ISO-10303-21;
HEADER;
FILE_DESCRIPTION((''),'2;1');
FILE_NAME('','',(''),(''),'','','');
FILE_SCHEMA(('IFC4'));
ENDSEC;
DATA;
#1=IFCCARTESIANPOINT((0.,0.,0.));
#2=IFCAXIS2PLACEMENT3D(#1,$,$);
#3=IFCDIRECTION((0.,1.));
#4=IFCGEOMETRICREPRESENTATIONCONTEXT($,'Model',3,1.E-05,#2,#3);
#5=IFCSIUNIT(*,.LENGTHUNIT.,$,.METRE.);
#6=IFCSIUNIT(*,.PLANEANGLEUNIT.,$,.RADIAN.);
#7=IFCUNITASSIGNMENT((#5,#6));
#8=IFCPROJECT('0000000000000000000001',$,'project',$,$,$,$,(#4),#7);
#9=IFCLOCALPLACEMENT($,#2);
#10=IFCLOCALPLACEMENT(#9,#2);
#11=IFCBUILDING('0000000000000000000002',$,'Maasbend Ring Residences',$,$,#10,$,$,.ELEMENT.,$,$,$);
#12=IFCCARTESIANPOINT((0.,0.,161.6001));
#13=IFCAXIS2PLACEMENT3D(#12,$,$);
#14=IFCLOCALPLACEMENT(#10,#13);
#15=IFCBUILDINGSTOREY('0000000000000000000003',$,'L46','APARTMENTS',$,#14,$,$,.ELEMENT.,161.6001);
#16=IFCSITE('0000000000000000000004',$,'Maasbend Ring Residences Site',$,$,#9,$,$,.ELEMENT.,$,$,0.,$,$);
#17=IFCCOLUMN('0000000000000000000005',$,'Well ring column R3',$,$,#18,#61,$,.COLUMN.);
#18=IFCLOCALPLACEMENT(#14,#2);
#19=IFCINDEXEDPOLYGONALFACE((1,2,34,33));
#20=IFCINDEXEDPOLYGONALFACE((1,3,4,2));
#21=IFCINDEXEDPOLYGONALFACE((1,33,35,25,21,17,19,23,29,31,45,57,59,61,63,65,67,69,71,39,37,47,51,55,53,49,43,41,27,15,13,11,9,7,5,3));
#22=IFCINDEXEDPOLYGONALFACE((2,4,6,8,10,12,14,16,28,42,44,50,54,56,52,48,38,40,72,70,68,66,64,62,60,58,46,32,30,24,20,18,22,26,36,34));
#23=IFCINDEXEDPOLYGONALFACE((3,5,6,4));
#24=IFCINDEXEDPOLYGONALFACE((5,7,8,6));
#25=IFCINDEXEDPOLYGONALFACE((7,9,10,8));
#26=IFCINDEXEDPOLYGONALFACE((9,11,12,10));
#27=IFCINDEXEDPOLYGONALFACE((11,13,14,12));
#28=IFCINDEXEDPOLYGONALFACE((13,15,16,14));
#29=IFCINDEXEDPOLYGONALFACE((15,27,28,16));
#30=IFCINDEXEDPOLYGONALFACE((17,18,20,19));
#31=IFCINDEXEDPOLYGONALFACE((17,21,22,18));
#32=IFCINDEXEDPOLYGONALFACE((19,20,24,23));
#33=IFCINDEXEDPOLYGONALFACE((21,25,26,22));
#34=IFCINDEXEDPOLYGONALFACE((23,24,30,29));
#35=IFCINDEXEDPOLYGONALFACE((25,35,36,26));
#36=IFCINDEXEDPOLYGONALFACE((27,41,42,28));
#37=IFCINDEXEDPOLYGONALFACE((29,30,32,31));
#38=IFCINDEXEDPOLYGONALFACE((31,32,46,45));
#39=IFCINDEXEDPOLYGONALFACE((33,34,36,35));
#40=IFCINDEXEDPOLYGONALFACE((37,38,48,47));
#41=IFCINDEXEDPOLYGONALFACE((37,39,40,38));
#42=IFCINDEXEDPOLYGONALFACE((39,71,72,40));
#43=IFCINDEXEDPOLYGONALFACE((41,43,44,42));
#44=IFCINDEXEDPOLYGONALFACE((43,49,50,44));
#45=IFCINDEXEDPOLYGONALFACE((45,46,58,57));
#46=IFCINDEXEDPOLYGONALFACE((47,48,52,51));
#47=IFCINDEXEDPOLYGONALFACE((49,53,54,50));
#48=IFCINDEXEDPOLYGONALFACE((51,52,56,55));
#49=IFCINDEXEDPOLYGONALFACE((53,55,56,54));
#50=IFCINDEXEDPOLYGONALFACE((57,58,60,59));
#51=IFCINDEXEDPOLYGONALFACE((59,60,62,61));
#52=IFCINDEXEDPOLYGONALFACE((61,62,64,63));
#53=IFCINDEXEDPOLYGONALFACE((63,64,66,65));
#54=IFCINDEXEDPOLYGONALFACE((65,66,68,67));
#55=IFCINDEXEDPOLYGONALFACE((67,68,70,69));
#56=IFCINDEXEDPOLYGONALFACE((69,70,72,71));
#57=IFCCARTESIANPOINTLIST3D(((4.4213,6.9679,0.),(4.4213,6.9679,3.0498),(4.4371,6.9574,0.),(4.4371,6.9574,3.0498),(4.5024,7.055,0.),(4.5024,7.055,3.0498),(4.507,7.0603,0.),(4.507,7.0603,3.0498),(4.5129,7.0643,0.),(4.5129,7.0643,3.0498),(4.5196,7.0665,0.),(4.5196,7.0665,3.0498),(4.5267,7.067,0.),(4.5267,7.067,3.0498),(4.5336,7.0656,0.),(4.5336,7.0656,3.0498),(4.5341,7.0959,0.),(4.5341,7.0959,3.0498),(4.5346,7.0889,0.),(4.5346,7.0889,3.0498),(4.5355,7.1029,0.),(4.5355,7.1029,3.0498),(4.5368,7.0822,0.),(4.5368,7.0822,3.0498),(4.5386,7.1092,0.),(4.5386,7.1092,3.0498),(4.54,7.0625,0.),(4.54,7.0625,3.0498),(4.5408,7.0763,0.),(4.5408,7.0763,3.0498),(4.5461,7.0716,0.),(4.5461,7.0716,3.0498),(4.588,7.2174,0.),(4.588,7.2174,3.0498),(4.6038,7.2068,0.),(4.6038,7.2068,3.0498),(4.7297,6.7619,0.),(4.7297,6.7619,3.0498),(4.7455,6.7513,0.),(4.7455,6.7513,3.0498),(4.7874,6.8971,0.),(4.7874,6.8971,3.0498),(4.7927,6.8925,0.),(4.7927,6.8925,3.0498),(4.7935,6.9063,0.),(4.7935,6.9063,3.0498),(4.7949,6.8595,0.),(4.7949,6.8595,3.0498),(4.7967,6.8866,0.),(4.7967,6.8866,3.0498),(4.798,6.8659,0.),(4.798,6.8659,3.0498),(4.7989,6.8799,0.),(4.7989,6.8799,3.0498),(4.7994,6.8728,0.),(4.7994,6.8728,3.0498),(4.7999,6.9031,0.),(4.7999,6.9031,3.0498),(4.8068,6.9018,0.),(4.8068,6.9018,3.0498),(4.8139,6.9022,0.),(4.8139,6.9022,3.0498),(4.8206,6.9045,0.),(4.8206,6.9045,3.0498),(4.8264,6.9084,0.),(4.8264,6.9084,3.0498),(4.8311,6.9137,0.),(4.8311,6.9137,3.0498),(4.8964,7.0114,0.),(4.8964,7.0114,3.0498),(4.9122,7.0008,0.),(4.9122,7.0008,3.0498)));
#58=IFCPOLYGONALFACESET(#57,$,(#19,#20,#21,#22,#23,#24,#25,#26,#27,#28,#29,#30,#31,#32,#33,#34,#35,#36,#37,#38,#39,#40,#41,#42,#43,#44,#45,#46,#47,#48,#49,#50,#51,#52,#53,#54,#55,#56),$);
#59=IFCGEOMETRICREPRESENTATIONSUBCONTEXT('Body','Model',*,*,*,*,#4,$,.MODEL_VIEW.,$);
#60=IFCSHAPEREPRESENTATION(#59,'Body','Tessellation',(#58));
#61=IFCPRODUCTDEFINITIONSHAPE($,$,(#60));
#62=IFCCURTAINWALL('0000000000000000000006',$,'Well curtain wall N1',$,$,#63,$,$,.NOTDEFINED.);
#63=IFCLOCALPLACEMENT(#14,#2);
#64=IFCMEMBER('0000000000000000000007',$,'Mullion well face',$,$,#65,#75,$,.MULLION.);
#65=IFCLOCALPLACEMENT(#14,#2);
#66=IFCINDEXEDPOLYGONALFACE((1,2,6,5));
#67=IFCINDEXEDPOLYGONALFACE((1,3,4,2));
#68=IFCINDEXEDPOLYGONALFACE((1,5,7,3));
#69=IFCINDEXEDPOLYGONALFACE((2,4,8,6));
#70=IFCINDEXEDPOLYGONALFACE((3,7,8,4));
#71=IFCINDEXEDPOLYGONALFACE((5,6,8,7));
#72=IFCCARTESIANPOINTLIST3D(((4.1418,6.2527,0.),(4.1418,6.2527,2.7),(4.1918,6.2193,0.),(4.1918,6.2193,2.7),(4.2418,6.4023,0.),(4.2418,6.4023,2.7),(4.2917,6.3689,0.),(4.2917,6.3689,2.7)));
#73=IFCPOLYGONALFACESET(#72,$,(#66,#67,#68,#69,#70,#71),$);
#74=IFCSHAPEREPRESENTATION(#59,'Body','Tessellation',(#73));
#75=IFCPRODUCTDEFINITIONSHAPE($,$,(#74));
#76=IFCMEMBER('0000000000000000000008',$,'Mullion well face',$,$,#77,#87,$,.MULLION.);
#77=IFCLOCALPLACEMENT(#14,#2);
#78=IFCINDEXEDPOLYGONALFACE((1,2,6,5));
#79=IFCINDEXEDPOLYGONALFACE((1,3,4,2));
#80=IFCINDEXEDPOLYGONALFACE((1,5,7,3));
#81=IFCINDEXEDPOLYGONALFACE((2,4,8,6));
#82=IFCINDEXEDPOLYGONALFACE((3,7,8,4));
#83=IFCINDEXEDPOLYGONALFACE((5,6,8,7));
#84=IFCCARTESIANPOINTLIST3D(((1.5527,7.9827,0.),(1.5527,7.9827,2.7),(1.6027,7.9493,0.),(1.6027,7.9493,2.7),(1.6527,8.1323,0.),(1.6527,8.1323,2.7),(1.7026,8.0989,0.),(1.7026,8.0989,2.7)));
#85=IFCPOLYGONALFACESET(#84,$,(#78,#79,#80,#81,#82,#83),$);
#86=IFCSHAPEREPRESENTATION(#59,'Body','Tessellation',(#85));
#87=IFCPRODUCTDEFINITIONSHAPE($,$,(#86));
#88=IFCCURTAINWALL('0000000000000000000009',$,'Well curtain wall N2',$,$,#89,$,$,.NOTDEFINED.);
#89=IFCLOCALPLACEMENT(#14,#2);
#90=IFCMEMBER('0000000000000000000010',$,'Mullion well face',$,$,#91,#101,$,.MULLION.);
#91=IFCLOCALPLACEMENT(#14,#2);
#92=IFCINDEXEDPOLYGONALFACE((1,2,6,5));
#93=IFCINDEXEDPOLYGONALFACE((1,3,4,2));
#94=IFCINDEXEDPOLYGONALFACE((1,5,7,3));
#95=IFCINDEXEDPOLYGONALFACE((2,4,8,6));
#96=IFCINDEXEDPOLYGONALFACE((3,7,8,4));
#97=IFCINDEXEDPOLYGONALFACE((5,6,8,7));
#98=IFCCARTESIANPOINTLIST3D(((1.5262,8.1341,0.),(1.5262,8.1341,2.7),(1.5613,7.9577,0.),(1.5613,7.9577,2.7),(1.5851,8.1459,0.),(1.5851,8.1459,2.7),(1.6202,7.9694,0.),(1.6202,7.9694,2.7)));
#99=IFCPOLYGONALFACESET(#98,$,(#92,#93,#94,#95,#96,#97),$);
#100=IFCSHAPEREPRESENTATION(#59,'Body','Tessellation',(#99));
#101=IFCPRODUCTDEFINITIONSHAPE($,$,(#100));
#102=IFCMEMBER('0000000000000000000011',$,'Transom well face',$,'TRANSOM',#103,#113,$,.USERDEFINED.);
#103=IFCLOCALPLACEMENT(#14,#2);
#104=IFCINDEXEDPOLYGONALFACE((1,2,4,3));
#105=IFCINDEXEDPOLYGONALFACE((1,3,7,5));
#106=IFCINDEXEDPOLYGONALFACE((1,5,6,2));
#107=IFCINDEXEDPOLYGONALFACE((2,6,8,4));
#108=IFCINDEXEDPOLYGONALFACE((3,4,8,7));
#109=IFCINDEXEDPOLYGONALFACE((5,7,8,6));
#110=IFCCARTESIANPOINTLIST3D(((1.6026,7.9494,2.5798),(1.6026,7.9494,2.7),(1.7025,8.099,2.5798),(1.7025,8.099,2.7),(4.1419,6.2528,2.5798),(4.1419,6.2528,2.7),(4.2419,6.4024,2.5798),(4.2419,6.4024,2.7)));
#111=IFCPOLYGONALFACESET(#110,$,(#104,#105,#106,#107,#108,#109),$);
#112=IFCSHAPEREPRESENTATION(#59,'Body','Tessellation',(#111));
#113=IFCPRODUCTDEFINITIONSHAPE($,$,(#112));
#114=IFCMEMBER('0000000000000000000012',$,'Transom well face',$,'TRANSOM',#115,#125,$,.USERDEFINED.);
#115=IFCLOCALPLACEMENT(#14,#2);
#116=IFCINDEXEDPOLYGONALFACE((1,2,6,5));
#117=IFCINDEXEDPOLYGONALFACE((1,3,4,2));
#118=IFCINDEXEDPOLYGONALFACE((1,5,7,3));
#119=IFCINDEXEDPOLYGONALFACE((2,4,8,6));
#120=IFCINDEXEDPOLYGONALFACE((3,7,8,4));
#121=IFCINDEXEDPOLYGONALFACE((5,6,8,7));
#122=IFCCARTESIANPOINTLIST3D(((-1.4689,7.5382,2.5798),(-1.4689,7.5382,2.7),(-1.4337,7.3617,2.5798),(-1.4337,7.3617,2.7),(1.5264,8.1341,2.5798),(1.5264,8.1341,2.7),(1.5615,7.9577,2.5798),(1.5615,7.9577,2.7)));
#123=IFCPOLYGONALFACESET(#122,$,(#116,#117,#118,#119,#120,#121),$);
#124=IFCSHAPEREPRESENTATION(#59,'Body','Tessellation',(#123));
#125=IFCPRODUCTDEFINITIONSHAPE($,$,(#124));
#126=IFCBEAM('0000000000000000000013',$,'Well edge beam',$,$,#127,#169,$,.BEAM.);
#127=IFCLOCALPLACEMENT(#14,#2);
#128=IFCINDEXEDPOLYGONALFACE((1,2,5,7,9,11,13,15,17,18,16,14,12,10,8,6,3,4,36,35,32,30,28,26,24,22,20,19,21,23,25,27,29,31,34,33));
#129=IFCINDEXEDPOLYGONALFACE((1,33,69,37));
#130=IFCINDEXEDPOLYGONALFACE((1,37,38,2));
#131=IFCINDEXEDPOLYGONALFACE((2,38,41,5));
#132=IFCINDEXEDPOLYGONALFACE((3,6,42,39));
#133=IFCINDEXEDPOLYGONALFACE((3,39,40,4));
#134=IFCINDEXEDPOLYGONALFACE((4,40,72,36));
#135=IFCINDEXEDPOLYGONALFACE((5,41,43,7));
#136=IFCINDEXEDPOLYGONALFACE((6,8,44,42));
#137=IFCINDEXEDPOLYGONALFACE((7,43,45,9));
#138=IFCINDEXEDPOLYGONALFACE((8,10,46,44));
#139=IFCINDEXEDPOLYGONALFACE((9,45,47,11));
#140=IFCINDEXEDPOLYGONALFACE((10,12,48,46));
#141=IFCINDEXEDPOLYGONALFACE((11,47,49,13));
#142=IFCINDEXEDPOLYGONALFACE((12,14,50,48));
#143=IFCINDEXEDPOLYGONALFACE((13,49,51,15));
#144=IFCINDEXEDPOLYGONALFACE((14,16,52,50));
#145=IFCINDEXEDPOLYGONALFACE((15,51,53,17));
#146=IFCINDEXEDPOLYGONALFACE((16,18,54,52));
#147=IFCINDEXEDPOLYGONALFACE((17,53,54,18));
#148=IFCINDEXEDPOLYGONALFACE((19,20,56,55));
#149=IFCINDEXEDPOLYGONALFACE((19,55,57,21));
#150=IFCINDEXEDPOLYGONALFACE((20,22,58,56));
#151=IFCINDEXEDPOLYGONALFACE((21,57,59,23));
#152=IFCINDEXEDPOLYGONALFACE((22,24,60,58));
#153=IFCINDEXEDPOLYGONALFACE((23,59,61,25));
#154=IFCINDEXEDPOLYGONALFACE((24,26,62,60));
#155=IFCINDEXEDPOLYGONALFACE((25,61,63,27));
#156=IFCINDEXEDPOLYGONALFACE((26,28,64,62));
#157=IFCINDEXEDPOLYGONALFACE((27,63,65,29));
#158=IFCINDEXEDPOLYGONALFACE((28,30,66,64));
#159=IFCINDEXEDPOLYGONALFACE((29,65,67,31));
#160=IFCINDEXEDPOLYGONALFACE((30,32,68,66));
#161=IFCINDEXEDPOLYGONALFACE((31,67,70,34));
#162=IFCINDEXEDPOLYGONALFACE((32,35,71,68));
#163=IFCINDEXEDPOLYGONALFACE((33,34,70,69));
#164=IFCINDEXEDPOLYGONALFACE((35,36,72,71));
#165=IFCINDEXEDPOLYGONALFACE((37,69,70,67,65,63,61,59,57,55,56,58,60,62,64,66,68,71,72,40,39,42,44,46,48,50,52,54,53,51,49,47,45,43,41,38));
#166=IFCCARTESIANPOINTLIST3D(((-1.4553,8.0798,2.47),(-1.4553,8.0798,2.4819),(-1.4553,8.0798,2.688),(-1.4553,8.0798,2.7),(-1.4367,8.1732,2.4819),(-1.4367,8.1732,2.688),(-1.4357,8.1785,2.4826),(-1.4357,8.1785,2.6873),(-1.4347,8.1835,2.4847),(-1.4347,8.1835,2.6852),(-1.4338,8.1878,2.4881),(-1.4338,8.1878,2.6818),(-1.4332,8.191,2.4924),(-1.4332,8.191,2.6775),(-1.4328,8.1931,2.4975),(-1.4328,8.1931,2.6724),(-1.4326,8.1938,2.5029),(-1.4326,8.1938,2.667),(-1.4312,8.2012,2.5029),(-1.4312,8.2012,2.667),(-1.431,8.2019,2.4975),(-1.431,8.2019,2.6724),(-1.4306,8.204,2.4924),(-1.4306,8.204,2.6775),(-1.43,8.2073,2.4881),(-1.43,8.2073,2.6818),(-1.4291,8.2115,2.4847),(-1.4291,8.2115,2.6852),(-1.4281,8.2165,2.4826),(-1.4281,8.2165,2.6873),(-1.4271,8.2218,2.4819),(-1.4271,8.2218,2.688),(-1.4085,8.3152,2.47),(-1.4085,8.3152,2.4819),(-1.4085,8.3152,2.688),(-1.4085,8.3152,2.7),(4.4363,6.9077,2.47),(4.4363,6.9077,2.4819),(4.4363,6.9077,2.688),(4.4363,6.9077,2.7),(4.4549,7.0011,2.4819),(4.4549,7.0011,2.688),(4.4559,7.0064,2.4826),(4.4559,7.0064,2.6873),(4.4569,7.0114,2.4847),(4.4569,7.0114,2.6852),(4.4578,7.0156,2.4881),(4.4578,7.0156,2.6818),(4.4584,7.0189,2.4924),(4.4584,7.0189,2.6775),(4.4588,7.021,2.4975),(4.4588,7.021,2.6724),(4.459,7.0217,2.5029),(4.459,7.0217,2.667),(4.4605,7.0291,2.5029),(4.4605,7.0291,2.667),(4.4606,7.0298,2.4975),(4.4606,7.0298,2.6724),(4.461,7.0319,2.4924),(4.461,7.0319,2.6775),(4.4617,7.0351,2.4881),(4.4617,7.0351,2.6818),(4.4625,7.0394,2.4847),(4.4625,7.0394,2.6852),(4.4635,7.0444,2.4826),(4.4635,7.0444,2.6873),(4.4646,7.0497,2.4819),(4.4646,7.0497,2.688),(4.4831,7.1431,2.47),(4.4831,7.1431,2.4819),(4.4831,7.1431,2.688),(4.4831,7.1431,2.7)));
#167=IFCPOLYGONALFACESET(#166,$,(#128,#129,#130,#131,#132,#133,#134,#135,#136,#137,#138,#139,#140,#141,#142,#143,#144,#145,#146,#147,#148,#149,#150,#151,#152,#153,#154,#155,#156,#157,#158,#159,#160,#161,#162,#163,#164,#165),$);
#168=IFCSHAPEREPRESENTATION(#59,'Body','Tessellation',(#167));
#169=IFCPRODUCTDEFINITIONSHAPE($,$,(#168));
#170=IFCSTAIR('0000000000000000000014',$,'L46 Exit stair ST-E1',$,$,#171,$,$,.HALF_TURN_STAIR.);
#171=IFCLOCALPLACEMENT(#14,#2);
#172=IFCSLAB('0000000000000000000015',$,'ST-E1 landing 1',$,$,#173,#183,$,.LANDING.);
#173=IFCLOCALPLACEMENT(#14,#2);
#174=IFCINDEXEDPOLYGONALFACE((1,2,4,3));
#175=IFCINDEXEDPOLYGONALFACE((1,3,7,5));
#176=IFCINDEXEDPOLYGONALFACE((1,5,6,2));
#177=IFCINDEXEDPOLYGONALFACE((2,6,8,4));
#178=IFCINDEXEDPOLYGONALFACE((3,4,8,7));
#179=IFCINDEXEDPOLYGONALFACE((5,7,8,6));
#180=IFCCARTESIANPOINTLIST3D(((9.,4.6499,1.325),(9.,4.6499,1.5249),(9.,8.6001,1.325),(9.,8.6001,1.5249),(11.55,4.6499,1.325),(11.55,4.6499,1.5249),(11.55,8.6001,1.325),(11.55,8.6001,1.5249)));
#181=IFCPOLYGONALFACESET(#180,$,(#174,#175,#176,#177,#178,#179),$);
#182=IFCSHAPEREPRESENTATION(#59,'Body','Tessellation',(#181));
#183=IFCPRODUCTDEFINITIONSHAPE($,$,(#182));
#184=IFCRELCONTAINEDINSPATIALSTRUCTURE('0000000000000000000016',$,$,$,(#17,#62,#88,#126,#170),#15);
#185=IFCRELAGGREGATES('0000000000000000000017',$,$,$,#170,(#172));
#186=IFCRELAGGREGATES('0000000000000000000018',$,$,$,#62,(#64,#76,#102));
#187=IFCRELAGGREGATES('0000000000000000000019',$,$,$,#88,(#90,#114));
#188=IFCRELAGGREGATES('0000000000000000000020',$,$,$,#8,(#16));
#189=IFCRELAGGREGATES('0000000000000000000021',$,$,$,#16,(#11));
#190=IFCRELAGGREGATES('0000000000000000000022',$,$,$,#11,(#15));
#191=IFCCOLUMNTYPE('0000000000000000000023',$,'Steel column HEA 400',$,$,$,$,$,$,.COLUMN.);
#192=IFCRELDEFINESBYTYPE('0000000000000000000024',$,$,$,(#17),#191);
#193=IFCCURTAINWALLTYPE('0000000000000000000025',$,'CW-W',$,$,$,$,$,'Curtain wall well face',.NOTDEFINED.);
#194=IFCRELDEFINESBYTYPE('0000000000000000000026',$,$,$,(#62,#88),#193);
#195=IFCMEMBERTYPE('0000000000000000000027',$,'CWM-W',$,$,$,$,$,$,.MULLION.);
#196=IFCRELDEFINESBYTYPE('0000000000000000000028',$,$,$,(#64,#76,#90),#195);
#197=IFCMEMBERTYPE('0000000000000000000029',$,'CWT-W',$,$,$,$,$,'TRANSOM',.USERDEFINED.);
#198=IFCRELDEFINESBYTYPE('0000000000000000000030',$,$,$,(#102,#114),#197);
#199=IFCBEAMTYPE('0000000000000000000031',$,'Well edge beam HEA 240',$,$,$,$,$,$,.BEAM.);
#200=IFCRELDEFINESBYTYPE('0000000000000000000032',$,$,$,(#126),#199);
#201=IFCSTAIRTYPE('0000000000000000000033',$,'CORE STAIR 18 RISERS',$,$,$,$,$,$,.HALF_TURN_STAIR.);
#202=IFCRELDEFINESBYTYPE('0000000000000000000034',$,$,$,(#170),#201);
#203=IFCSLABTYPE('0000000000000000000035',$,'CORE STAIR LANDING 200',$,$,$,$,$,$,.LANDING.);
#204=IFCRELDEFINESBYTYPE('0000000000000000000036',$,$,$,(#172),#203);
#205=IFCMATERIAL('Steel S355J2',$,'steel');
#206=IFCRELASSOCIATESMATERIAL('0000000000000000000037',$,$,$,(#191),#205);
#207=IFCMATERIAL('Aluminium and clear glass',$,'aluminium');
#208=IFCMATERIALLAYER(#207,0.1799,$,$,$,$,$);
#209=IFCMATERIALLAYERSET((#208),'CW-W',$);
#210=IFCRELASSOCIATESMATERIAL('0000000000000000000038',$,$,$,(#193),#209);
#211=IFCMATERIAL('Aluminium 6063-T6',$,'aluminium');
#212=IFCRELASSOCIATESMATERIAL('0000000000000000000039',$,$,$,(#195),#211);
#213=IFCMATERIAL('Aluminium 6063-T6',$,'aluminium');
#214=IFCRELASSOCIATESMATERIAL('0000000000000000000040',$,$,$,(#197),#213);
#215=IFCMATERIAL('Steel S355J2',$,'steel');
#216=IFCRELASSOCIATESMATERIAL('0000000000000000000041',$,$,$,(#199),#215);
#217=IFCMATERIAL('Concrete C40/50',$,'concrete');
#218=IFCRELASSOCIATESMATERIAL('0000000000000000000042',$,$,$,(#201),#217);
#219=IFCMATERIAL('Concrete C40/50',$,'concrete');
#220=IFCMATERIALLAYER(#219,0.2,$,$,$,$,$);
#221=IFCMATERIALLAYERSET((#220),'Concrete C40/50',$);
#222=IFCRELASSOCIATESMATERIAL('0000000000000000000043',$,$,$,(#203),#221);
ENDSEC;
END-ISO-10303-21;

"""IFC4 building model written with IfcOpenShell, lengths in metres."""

from ifc_helpers import new_model, si_unit, direction, frame, origin, origin_2d, place, context, subcontext, project, spatial, polyline, rectangle, i_section, outline, extrude, material, layer, layer_set, material_profile, profile_set, type_object, element, aggregate, save


model = new_model("IFC4")

# Units and contexts
model_context = context("Model", 3, precision=1e-05, world=origin(), true_north=direction((0.0, 1.0)))
body_context = subcontext(model_context, "Body", "Model", "MODEL_VIEW")
ifc_project = project(units=[si_unit("LENGTHUNIT", "METRE"), si_unit("PLANEANGLEUNIT", "RADIAN")], contexts=[model_context])

# Site, building, storey
site_placement = place(None, origin())
site = spatial("IfcSite", under=ifc_project, at=site_placement, Name="Maasbend Ring Residences Site", CompositionType="ELEMENT", RefElevation=0.0)
building_placement = place(site_placement, origin())
building = spatial("IfcBuilding", under=site, at=building_placement, Name="Maasbend Ring Residences", CompositionType="ELEMENT")
storey_placement = place(building_placement, frame((0.0, 0.0, 161.6001)))
storey = spatial("IfcBuildingStorey", under=building, at=storey_placement, Name="L46", Description="APARTMENTS", CompositionType="ELEMENT", Elevation=161.6001)

# Column
ifc_material_1 = material(Name="Steel S355J2", Category="steel")
ifc_material_profile_1 = material_profile(ifc_material_1, i_section(OverallWidth=0.3, OverallDepth=0.3899, WebThickness=0.011, FlangeThickness=0.019, FilletRadius=0.0271, at=origin_2d()), Name="HEA 400")
ifc_profile_set_1 = profile_set([ifc_material_profile_1], Name="Steel S355J2")
column_type = type_object("IfcColumnType", Name="Steel column HEA 400", PredefinedType="COLUMN", material=ifc_profile_set_1)
column_placement = place(storey_placement, frame((4.6667, 6.9844, 0.0), z_axis=(0.0, 0.0, 1.0), x_axis=(0.55557, 0.83147, 0.0)))
element("IfcColumn", 1, at=column_placement, inside=storey, type_object=column_type, Name="Well ring column R3", PredefinedType="COLUMN", context=body_context, shape_type="SweptSolid", body=[
    extrude(i_section(OverallWidth=0.3, OverallDepth=0.3899, WebThickness=0.011, FlangeThickness=0.019, FilletRadius=0.0271, at=origin_2d()), origin(), (0.0, 0.0, 1.0), 3.0498),
])

# Curtain wall, members
ifc_material_2 = material(Name="Aluminium and clear glass", Category="aluminium")
ifc_layer_1 = layer(ifc_material_2, 0.1799)
ifc_layer_set_1 = layer_set([ifc_layer_1], Name="CW-W")
curtain_wall_type = type_object("IfcCurtainWallType", Name="CW-W", ElementType="Curtain wall well face", PredefinedType="NOTDEFINED", material=ifc_layer_set_1)
curtain_wall_1_placement = place(storey_placement, origin())
curtain_wall_1 = element("IfcCurtainWall", 2, at=curtain_wall_1_placement, inside=storey, type_object=curtain_wall_type, Name="Well curtain wall N1", PredefinedType="NOTDEFINED")
ifc_material_3 = material(Name="Aluminium 6063-T6", Category="aluminium")
ifc_material_profile_2 = material_profile(ifc_material_3, rectangle(XDim=0.1799, YDim=0.0601, at=origin_2d()), Name="AL 180x60")
ifc_profile_set_2 = profile_set([ifc_material_profile_2], Name="Aluminium 6063-T6")
member_type_1 = type_object("IfcMemberType", Name="CWM-W", PredefinedType="MULLION", material=ifc_profile_set_2)
member_1_placement = place(storey_placement, frame((4.2168, 6.3108, 0.0), z_axis=(0.0, 0.0, 1.0), x_axis=(-0.55557, -0.83147, 0.0)))
member_1 = element("IfcMember", 3, at=member_1_placement, type_object=member_type_1, Name="Mullion well face", PredefinedType="MULLION", context=body_context, shape_type="SweptSolid", body=[
    extrude(rectangle(XDim=0.1799, YDim=0.0601, at=origin_2d()), origin(), (0.0, 0.0, 1.0), 2.7),
])
member_2_placement = place(storey_placement, frame((1.6277, 8.0408, 0.0), z_axis=(0.0, 0.0, 1.0), x_axis=(-0.55557, -0.83147, 0.0)))
member_2 = element("IfcMember", 4, at=member_2_placement, type_object=member_type_1, Name="Mullion well face", PredefinedType="MULLION", context=body_context, shape_type="SweptSolid", body=[
    extrude(rectangle(XDim=0.1799, YDim=0.0601, at=origin_2d()), origin(), (0.0, 0.0, 1.0), 2.7),
])

# Curtain wall, member
curtain_wall_2_placement = place(storey_placement, origin())
curtain_wall_2 = element("IfcCurtainWall", 5, at=curtain_wall_2_placement, inside=storey, type_object=curtain_wall_type, Name="Well curtain wall N2", PredefinedType="NOTDEFINED")
member_3_placement = place(storey_placement, frame((1.5732, 8.0518, 0.0), z_axis=(0.0, 0.0, 1.0), x_axis=(0.19509, -0.980785, 0.0)))
member_3 = element("IfcMember", 6, at=member_3_placement, type_object=member_type_1, Name="Mullion well face", PredefinedType="MULLION", context=body_context, shape_type="SweptSolid", body=[
    extrude(rectangle(XDim=0.1799, YDim=0.0601, at=origin_2d()), origin(), (0.0, 0.0, 1.0), 2.7),
])

# Members
ifc_material_4 = material(Name="Aluminium 6063-T6", Category="aluminium")
ifc_material_profile_3 = material_profile(ifc_material_4, rectangle(XDim=0.1799, YDim=0.1201, at=origin_2d()), Name="AL 180x120")
ifc_profile_set_3 = profile_set([ifc_material_profile_3], Name="Aluminium 6063-T6")
member_type_2 = type_object("IfcMemberType", Name="CWT-W", ElementType="TRANSOM", PredefinedType="USERDEFINED", material=ifc_profile_set_3)
member_4_placement = place(storey_placement, frame((4.1919, 6.3276, 2.6399), z_axis=(-0.831496, 0.55553, 0.0), x_axis=(-0.55553, -0.831496, 0.0)))
member_4 = element("IfcMember", 7, at=member_4_placement, type_object=member_type_2, Name="Transom well face", ObjectType="TRANSOM", PredefinedType="USERDEFINED", context=body_context, shape_type="SweptSolid", body=[
    extrude(rectangle(XDim=0.1799, YDim=0.1201, at=origin_2d()), origin(), (0.0, 0.0, 1.0), 3.054),
])
member_5_placement = place(storey_placement, frame((1.5439, 8.0459, 2.6399), z_axis=(-0.980777, -0.195132, 0.0), x_axis=(0.195132, -0.980777, 0.0)))
member_5 = element("IfcMember", 8, at=member_5_placement, type_object=member_type_2, Name="Transom well face", ObjectType="TRANSOM", PredefinedType="USERDEFINED", context=body_context, shape_type="SweptSolid", body=[
    extrude(rectangle(XDim=0.1799, YDim=0.1201, at=origin_2d()), origin(), (0.0, 0.0, 1.0), 3.054),
])

# Beam
ifc_material_5 = material(Name="Steel S355J2", Category="steel")
ifc_material_profile_4 = material_profile(ifc_material_5, i_section(OverallWidth=0.24, OverallDepth=0.23, WebThickness=0.0076, FlangeThickness=0.012, FilletRadius=0.021, at=origin_2d()), Name="HEA 240")
ifc_profile_set_4 = profile_set([ifc_material_profile_4], Name="Steel S355J2")
beam_type = type_object("IfcBeamType", Name="Well edge beam HEA 240", PredefinedType="BEAM", material=ifc_profile_set_4)
beam_placement = place(storey_placement, frame((4.4597, 7.0254, 2.585), z_axis=(-0.980779, 0.195123, 0.0), x_axis=(-0.195123, -0.980779, 0.0)))
element("IfcBeam", 9, at=beam_placement, inside=storey, type_object=beam_type, Name="Well edge beam", PredefinedType="BEAM", context=body_context, shape_type="SweptSolid", body=[
    extrude(i_section(OverallWidth=0.24, OverallDepth=0.23, WebThickness=0.0076, FlangeThickness=0.012, FilletRadius=0.021, at=origin_2d()), origin(), (0.0, 0.0, 1.0), 6.0071),
])

# Stair, slab
ifc_material_6 = material(Name="Concrete C40/50", Category="concrete")
stair_type = type_object("IfcStairType", Name="CORE STAIR 18 RISERS", PredefinedType="HALF_TURN_STAIR", material=ifc_material_6)
stair_1_placement = place(storey_placement, origin())
stair_1 = element("IfcStair", 10, at=stair_1_placement, inside=storey, type_object=stair_type, Name="L46 Exit stair ST-E1", PredefinedType="HALF_TURN_STAIR")
ifc_material_7 = material(Name="Concrete C40/50", Category="concrete")
ifc_layer_2 = layer(ifc_material_7, 0.2)
ifc_layer_set_2 = layer_set([ifc_layer_2], Name="Concrete C40/50")
slab_type = type_object("IfcSlabType", Name="CORE STAIR LANDING 200", PredefinedType="LANDING", material=ifc_layer_set_2)
slab_1_placement = place(storey_placement, frame((0.0, 0.0, 1.325)))
slab_1 = element("IfcSlab", 11, at=slab_1_placement, type_object=slab_type, Name="ST-E1 landing 1", PredefinedType="LANDING", context=body_context, shape_type="SweptSolid", body=[
    extrude(outline(polyline([(11.55, 8.6001), (9.0, 8.6001), (9.0, 4.6499), (11.55, 4.6499), (11.55, 8.6001)])), origin(), (0.0, 0.0, 1.0), 0.2),
])
aggregate(stair_1, [slab_1])

aggregate(curtain_wall_1, [member_1, member_2, member_4])
aggregate(curtain_wall_2, [member_3, member_5])

save(model, "model.ifc")
